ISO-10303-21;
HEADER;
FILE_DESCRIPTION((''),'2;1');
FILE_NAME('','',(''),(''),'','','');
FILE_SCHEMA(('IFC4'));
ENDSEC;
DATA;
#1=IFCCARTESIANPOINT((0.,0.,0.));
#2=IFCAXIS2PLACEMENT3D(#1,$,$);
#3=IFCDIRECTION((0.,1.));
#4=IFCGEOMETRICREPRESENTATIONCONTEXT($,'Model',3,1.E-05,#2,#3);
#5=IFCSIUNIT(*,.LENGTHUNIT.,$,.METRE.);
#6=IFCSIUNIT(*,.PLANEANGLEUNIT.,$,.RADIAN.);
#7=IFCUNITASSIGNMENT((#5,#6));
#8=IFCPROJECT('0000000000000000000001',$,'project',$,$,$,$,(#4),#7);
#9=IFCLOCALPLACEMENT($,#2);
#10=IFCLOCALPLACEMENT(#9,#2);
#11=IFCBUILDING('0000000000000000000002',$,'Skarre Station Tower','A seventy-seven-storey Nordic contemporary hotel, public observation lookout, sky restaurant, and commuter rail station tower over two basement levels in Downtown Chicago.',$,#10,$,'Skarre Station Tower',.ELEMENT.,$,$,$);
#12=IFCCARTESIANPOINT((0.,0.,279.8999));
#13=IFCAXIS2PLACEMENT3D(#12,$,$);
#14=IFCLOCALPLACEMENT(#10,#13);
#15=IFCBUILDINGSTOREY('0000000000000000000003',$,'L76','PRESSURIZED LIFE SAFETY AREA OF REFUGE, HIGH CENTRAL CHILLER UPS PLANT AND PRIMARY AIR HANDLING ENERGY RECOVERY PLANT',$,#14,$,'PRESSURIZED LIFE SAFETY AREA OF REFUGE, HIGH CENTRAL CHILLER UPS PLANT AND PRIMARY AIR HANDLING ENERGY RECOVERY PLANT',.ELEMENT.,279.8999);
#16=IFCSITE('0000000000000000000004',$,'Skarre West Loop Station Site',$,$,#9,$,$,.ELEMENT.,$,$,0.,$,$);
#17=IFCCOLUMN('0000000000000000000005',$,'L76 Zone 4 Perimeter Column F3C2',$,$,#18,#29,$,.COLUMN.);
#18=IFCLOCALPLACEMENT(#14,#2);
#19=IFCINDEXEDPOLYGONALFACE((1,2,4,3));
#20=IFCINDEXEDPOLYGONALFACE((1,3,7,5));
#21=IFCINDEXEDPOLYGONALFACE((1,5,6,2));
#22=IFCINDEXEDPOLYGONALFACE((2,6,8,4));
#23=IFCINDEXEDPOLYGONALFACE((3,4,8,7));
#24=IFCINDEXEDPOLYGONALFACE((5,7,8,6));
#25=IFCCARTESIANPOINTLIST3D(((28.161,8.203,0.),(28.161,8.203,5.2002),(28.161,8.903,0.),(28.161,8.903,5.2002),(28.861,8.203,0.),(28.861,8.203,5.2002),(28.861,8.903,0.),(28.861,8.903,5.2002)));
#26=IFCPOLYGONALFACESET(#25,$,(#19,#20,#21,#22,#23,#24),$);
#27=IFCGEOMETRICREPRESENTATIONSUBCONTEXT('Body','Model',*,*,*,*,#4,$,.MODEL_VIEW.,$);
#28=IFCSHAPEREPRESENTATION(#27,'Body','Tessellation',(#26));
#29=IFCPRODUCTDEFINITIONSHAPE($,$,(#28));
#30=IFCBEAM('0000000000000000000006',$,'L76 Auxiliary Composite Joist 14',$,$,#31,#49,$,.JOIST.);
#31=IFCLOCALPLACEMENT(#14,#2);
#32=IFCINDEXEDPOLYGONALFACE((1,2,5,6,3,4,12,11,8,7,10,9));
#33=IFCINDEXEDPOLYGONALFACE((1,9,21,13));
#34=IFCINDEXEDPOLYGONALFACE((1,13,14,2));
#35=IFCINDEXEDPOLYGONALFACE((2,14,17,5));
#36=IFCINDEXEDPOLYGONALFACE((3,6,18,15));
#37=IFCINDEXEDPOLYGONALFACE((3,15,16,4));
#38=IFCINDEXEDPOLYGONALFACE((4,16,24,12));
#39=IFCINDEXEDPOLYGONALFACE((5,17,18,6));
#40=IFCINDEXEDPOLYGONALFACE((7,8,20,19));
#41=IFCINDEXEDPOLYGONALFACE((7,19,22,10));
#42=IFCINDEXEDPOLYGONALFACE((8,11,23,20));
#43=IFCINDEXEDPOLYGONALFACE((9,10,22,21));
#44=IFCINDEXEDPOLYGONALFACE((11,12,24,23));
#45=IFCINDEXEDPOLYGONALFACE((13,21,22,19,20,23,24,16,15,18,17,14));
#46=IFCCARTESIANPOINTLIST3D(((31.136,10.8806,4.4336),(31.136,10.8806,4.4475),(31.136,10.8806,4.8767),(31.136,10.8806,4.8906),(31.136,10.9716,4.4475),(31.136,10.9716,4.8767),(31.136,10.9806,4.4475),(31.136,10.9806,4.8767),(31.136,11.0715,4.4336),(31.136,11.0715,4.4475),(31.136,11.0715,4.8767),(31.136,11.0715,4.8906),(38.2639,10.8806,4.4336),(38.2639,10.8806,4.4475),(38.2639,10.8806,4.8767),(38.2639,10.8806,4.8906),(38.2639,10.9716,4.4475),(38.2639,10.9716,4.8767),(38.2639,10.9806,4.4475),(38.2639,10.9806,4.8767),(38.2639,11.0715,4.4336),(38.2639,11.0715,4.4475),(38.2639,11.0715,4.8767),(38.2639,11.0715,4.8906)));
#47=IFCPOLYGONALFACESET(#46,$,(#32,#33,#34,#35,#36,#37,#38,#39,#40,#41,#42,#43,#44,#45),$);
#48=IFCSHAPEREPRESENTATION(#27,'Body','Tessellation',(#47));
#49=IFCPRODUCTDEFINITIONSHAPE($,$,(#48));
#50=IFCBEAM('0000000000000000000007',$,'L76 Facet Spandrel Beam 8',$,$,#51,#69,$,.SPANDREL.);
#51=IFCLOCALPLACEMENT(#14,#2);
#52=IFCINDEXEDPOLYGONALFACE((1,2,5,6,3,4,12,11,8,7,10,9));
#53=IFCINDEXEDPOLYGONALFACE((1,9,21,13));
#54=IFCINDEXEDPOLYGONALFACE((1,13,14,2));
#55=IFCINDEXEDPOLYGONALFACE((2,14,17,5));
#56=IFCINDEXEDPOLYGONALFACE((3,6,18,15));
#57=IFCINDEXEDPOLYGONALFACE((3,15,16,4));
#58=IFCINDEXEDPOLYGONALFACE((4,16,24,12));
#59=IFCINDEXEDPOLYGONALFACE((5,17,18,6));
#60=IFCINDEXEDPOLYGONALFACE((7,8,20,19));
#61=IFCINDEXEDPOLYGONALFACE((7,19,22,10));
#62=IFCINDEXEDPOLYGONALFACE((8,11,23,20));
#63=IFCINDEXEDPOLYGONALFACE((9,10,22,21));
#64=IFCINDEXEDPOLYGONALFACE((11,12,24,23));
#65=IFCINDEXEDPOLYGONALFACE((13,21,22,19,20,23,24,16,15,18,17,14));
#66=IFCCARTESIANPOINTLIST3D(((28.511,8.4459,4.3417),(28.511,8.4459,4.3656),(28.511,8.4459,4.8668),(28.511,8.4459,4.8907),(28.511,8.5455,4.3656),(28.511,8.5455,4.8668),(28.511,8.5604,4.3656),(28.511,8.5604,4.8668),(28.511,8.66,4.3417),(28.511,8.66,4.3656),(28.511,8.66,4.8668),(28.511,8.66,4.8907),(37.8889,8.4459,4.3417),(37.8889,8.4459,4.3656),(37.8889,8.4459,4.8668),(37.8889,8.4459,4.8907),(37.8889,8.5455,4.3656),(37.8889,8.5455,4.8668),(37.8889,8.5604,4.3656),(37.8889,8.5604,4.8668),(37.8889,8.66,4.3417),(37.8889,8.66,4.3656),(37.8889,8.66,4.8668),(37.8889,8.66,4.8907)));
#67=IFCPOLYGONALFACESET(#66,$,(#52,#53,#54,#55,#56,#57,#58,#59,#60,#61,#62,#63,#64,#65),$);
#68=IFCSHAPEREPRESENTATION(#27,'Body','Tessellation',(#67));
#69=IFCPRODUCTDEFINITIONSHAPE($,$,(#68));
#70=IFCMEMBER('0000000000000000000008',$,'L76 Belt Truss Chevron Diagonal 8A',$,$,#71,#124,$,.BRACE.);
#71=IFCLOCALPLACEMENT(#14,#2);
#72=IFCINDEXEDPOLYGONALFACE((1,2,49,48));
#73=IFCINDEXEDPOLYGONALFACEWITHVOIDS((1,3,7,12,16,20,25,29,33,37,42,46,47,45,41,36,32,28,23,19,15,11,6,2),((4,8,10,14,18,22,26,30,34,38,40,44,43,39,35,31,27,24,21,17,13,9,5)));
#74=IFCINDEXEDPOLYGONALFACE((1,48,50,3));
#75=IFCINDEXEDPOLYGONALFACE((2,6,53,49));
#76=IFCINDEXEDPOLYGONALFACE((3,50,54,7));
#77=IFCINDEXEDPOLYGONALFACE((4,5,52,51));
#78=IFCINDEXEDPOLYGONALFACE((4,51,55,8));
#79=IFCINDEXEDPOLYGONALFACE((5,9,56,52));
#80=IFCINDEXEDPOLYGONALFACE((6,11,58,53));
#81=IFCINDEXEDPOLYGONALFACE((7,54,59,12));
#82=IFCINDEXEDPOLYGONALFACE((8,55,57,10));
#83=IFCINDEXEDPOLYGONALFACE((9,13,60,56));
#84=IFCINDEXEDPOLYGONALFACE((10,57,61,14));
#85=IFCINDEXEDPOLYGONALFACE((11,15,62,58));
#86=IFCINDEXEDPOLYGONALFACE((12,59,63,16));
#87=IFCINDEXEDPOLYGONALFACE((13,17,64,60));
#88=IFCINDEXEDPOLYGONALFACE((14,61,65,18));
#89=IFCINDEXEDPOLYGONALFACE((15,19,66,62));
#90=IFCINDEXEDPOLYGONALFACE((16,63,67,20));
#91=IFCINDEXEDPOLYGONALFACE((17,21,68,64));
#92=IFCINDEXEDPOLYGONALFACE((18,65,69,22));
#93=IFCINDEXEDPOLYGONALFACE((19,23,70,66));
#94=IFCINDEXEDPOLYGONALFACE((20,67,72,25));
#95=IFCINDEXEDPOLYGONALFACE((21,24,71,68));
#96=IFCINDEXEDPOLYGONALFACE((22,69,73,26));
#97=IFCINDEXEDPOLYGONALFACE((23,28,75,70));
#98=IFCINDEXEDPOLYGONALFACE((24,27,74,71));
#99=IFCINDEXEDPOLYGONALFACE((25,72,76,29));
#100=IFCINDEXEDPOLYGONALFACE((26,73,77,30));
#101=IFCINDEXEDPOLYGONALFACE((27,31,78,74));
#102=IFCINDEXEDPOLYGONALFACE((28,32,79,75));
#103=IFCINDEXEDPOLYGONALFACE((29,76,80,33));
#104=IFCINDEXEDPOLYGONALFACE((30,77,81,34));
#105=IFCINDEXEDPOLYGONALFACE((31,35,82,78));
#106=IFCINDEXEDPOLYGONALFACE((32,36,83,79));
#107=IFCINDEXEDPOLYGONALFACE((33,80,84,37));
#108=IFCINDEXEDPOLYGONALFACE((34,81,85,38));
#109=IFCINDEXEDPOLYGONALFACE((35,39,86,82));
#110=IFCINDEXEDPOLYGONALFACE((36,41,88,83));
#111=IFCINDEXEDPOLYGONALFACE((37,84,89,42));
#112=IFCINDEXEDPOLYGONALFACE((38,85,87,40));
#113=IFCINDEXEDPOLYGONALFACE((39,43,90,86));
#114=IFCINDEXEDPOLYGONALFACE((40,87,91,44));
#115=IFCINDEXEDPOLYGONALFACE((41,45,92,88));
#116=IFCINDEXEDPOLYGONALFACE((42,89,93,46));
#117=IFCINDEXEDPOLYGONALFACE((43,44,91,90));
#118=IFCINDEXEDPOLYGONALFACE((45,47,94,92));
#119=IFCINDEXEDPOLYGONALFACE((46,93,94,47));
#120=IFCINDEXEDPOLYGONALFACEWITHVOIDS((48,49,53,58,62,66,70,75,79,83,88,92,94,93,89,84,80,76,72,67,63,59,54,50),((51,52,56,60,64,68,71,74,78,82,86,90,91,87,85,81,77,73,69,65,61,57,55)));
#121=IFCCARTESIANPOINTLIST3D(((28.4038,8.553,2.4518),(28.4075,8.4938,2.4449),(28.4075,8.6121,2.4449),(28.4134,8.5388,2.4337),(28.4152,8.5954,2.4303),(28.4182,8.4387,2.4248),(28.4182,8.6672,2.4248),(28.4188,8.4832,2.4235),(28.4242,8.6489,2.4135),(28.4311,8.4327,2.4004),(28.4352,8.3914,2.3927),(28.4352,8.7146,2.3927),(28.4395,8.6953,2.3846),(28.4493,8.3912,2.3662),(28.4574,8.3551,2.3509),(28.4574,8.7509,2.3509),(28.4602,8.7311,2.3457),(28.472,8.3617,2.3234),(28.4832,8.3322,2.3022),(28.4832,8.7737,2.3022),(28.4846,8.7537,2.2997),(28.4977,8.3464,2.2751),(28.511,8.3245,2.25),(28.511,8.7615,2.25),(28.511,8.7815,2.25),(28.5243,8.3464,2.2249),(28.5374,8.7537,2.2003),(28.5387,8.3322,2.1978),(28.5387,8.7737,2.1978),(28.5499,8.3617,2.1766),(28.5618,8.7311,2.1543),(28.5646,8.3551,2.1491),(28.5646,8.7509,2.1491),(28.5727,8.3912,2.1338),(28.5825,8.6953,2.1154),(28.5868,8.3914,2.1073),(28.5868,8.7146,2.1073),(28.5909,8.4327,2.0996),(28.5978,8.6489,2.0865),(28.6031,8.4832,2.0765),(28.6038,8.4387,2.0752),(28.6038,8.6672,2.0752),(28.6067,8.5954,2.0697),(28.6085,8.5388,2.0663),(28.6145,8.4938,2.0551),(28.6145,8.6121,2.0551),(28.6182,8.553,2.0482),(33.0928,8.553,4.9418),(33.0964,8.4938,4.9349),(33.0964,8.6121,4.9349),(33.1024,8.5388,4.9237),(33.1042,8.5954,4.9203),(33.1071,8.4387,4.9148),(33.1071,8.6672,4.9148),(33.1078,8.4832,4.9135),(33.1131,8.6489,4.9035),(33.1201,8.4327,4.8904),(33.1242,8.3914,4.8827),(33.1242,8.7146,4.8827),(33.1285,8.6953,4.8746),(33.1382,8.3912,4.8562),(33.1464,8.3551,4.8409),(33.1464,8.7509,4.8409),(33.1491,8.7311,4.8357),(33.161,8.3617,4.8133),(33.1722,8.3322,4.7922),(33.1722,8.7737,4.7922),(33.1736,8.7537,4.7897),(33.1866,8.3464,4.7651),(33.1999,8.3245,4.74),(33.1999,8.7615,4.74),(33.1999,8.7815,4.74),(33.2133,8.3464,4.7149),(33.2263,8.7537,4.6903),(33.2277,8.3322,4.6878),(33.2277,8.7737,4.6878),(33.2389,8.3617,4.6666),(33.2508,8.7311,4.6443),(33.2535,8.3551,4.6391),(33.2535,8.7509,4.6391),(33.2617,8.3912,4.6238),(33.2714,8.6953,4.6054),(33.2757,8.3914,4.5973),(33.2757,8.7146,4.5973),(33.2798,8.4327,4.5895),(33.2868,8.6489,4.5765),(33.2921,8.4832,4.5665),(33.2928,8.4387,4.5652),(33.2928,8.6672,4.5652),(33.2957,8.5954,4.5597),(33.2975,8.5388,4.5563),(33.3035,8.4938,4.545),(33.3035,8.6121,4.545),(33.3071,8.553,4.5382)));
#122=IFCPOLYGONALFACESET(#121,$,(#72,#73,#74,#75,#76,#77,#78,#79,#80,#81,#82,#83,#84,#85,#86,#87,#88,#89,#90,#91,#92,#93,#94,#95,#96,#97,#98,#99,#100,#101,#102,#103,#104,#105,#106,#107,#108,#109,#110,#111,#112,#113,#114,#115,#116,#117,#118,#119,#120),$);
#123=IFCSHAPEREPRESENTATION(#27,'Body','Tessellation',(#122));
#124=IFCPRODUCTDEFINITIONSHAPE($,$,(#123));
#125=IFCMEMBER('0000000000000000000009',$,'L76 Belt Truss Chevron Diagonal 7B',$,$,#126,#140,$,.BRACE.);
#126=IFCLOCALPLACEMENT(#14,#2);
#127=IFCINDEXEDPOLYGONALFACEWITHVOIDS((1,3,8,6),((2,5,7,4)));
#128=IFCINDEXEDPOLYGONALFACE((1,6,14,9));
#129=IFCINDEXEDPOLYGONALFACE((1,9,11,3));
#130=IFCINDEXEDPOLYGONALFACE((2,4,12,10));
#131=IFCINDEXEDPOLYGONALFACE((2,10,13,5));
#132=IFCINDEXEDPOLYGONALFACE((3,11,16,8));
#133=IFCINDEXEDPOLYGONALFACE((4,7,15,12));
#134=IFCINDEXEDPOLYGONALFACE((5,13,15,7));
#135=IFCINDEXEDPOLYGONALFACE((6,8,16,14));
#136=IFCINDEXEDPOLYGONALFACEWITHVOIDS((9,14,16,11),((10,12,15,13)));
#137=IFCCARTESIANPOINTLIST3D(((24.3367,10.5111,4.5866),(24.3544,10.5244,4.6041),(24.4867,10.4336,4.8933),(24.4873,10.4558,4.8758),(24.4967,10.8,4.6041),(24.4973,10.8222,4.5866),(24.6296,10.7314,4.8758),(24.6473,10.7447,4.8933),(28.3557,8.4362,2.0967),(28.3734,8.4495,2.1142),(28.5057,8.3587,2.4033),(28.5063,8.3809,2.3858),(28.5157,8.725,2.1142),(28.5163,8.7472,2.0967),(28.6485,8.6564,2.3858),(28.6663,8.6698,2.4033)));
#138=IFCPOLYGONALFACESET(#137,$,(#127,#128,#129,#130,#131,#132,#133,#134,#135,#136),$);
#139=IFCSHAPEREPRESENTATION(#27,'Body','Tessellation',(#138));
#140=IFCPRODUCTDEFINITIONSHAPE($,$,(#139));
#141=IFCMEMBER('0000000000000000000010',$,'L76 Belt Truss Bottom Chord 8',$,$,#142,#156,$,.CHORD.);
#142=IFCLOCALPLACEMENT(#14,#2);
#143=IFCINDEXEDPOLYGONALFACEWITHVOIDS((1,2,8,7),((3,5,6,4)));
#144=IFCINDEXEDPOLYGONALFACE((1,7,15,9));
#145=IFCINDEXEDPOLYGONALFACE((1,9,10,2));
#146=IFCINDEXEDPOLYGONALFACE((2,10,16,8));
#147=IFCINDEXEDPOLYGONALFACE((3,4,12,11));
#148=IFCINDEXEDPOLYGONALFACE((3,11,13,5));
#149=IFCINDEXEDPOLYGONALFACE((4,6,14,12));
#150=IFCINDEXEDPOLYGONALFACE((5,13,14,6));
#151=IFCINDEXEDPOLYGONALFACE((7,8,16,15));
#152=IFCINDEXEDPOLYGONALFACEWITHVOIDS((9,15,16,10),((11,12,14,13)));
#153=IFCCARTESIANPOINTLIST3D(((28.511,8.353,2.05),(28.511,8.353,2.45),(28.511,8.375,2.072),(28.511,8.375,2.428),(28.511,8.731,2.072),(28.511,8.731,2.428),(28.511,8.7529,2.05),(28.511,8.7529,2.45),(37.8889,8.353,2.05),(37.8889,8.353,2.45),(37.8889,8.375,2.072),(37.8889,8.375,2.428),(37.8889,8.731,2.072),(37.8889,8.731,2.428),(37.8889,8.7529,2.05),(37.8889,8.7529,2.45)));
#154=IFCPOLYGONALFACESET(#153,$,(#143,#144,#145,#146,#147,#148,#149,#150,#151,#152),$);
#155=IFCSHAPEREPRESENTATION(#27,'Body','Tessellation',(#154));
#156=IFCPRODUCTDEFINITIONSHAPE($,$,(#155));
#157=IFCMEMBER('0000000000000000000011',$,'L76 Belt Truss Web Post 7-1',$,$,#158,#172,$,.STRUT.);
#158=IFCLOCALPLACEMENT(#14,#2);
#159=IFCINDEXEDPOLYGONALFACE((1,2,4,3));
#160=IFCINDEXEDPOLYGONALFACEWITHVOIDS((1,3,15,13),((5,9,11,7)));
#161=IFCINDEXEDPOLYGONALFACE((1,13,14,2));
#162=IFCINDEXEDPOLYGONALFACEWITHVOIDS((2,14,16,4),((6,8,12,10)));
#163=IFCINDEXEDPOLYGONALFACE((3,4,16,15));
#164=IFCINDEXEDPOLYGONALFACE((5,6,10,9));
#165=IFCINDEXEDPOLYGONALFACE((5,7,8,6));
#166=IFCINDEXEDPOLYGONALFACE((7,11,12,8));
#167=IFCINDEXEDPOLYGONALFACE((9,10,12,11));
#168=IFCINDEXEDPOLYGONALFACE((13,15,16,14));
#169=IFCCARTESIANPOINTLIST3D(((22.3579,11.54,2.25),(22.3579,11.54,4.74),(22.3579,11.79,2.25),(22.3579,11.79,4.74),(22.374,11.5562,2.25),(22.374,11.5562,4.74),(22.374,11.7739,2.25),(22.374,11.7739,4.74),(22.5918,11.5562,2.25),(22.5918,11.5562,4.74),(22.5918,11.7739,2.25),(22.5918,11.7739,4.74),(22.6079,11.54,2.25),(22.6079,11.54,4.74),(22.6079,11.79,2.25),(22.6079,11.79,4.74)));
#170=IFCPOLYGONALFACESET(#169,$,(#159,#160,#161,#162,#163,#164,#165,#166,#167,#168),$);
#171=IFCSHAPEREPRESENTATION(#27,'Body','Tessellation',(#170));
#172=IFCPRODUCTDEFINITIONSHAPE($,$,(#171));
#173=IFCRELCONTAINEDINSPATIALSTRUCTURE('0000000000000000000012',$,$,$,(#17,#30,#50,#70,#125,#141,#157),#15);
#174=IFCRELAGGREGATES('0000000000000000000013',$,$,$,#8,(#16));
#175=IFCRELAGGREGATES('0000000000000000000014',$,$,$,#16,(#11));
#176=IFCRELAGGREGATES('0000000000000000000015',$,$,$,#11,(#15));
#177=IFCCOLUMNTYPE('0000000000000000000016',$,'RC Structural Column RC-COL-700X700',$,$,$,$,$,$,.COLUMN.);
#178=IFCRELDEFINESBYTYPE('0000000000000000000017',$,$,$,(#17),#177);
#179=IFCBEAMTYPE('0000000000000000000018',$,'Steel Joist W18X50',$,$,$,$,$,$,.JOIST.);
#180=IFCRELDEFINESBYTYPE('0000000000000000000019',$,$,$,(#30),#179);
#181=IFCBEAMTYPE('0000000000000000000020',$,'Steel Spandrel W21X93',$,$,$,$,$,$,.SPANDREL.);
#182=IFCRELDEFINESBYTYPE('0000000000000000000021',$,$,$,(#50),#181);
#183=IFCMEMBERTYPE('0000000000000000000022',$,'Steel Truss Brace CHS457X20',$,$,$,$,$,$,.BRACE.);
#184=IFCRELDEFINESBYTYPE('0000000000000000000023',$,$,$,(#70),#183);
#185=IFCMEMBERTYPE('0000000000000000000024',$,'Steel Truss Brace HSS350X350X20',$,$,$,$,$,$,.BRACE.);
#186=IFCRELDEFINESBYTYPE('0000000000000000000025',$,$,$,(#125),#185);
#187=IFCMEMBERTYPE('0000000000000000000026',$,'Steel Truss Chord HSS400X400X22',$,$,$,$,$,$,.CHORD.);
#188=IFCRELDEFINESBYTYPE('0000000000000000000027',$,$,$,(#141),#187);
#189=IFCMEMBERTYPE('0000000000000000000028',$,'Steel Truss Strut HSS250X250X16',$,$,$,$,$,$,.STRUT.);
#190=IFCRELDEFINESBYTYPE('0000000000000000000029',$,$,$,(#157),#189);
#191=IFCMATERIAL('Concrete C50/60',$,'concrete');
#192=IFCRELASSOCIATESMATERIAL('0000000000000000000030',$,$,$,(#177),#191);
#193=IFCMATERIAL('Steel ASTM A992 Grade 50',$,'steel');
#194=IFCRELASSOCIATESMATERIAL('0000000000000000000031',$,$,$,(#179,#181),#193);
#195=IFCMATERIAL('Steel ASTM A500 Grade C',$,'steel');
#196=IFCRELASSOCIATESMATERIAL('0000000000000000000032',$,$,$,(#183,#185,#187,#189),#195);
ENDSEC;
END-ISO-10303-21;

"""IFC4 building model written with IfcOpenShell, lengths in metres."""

from ifc_helpers import new_model, si_unit, direction, frame, origin, origin_2d, place, context, subcontext, project, spatial, rectangle, hollow_rectangle, hollow_circle, i_section, extrude, material, material_profile, profile_set, type_object, element, save


model = new_model("IFC4")

# Units and contexts
model_context = context("Model", 3, precision=1e-05, world=origin(), true_north=direction((0.0, 1.0)))
body_context = subcontext(model_context, "Body", "Model", "MODEL_VIEW")
ifc_project = project(units=[si_unit("LENGTHUNIT", "METRE"), si_unit("PLANEANGLEUNIT", "RADIAN")], contexts=[model_context])

# Site, building, storey
site_placement = place(None, origin())
site = spatial("IfcSite", under=ifc_project, at=site_placement, Name="Skarre West Loop Station Site", CompositionType="ELEMENT", RefElevation=0.0)
building_placement = place(site_placement, origin())
building = spatial("IfcBuilding", under=site, at=building_placement, Name="Skarre Station Tower", Description="A seventy-seven-storey Nordic contemporary hotel, public observation lookout, sky restaurant, and commuter rail station tower over two basement levels in Downtown Chicago.", LongName="Skarre Station Tower", CompositionType="ELEMENT")
storey_placement = place(building_placement, frame((0.0, 0.0, 279.8999)))
storey = spatial("IfcBuildingStorey", under=building, at=storey_placement, Name="L76", Description="PRESSURIZED LIFE SAFETY AREA OF REFUGE, HIGH CENTRAL CHILLER UPS PLANT AND PRIMARY AIR HANDLING ENERGY RECOVERY PLANT", LongName="PRESSURIZED LIFE SAFETY AREA OF REFUGE, HIGH CENTRAL CHILLER UPS PLANT AND PRIMARY AIR HANDLING ENERGY RECOVERY PLANT", CompositionType="ELEMENT", Elevation=279.8999)

# Column
ifc_material_1 = material(Name="Concrete C50/60", Category="concrete")
ifc_material_profile_1 = material_profile(ifc_material_1, rectangle(XDim=0.7, YDim=0.7, at=origin_2d()), Name="Concrete C50/60")
ifc_profile_set_1 = profile_set([ifc_material_profile_1], Name="Concrete C50/60")
column_type = type_object("IfcColumnType", Name="RC Structural Column RC-COL-700X700", PredefinedType="COLUMN", material=ifc_profile_set_1)
column_placement = place(storey_placement, frame((28.511, 8.553, 0.0), z_axis=(0.0, 0.0, 1.0), x_axis=(1.0, 0.0, 0.0)))
element("IfcColumn", 1, at=column_placement, inside=storey, type_object=column_type, Name="L76 Zone 4 Perimeter Column F3C2", PredefinedType="COLUMN", context=body_context, shape_type="SweptSolid", body=[
    extrude(rectangle(XDim=0.7, YDim=0.7, at=origin_2d()), origin(), (0.0, 0.0, 1.0), 5.2002),
])

# Beams
ifc_material_2 = material(Name="Steel ASTM A992 Grade 50", Category="steel")
ifc_material_profile_2 = material_profile(ifc_material_2, i_section(OverallWidth=0.1909, OverallDepth=0.457, WebThickness=0.009, FlangeThickness=0.0139, at=origin_2d()), Name="Steel ASTM A992 Grade 50")
ifc_profile_set_2 = profile_set([ifc_material_profile_2], Name="Steel ASTM A992 Grade 50")
beam_type_1 = type_object("IfcBeamType", Name="Steel Joist W18X50", PredefinedType="JOIST", material=ifc_profile_set_2)
beam_1_placement = place(storey_placement, frame((31.136, 10.9761, 4.6621), z_axis=(1.0, 0.0, 0.0), x_axis=(0.0, 1.0, 0.0)))
element("IfcBeam", 2, at=beam_1_placement, inside=storey, type_object=beam_type_1, Name="L76 Auxiliary Composite Joist 14", PredefinedType="JOIST", context=body_context, shape_type="SweptSolid", body=[
    extrude(i_section(OverallWidth=0.1909, OverallDepth=0.457, WebThickness=0.009, FlangeThickness=0.0139, at=origin_2d()), origin(), (0.0, 0.0, 1.0), 7.1279),
])
ifc_material_profile_3 = material_profile(ifc_material_2, i_section(OverallWidth=0.2141, OverallDepth=0.5491, WebThickness=0.0149, FlangeThickness=0.0239, at=origin_2d()), Name="Steel ASTM A992 Grade 50")
ifc_profile_set_3 = profile_set([ifc_material_profile_3], Name="Steel ASTM A992 Grade 50")
beam_type_2 = type_object("IfcBeamType", Name="Steel Spandrel W21X93", PredefinedType="SPANDREL", material=ifc_profile_set_3)
beam_2_placement = place(storey_placement, frame((28.511, 8.553, 4.6162), z_axis=(1.0, 0.0, 0.0), x_axis=(0.0, 1.0, 0.0)))
element("IfcBeam", 3, at=beam_2_placement, inside=storey, type_object=beam_type_2, Name="L76 Facet Spandrel Beam 8", PredefinedType="SPANDREL", context=body_context, shape_type="SweptSolid", body=[
    extrude(i_section(OverallWidth=0.2141, OverallDepth=0.5491, WebThickness=0.0149, FlangeThickness=0.0239, at=origin_2d()), origin(), (0.0, 0.0, 1.0), 9.3779),
])

# Members
ifc_material_3 = material(Name="Steel ASTM A500 Grade C", Category="steel")
ifc_material_profile_4 = material_profile(ifc_material_3, hollow_circle(Radius=0.2285, WallThickness=0.02, at=origin_2d()), Name="Steel ASTM A500 Grade C")
ifc_profile_set_4 = profile_set([ifc_material_profile_4], Name="Steel ASTM A500 Grade C")
member_type_1 = type_object("IfcMemberType", Name="Steel Truss Brace CHS457X20", PredefinedType="BRACE", material=ifc_profile_set_4)
member_1_placement = place(storey_placement, frame((28.511, 8.553, 2.25), z_axis=(0.883195, 0.0, 0.469005), x_axis=(0.0, 1.0, 0.0)))
element("IfcMember", 4, at=member_1_placement, inside=storey, type_object=member_type_1, Name="L76 Belt Truss Chevron Diagonal 8A", PredefinedType="BRACE", context=body_context, shape_type="SweptSolid", body=[
    extrude(hollow_circle(Radius=0.2285, WallThickness=0.02, at=origin_2d()), origin(), (0.0, 0.0, 1.0), 5.3091),
])
ifc_material_profile_5 = material_profile(ifc_material_3, hollow_rectangle(XDim=0.3501, YDim=0.3501, WallThickness=0.02, at=origin_2d()), Name="Steel ASTM A500 Grade C")
ifc_profile_set_5 = profile_set([ifc_material_profile_5], Name="Steel ASTM A500 Grade C")
member_type_2 = type_object("IfcMemberType", Name="Steel Truss Brace HSS350X350X20", PredefinedType="BRACE", material=ifc_profile_set_5)
member_2_placement = place(storey_placement, frame((28.511, 8.553, 2.25), z_axis=(-0.778408, 0.401877, 0.482261), x_axis=(-0.458749, -0.888566, 0.0)))
element("IfcMember", 5, at=member_2_placement, inside=storey, type_object=member_type_2, Name="L76 Belt Truss Chevron Diagonal 7B", PredefinedType="BRACE", context=body_context, shape_type="SweptSolid", body=[
    extrude(hollow_rectangle(XDim=0.3501, YDim=0.3501, WallThickness=0.02, at=origin_2d()), origin(), (0.0, 0.0, 1.0), 5.1631),
])
ifc_material_profile_6 = material_profile(ifc_material_3, hollow_rectangle(XDim=0.3999, YDim=0.3999, WallThickness=0.022, at=origin_2d()), Name="Steel ASTM A500 Grade C")
ifc_profile_set_6 = profile_set([ifc_material_profile_6], Name="Steel ASTM A500 Grade C")
member_type_3 = type_object("IfcMemberType", Name="Steel Truss Chord HSS400X400X22", PredefinedType="CHORD", material=ifc_profile_set_6)
member_3_placement = place(storey_placement, frame((28.511, 8.553, 2.25), z_axis=(1.0, 0.0, 0.0), x_axis=(0.0, 1.0, 0.0)))
element("IfcMember", 6, at=member_3_placement, inside=storey, type_object=member_type_3, Name="L76 Belt Truss Bottom Chord 8", PredefinedType="CHORD", context=body_context, shape_type="SweptSolid", body=[
    extrude(hollow_rectangle(XDim=0.3999, YDim=0.3999, WallThickness=0.022, at=origin_2d()), origin(), (0.0, 0.0, 1.0), 9.3779),
])
ifc_material_profile_7 = material_profile(ifc_material_3, hollow_rectangle(XDim=0.25, YDim=0.25, WallThickness=0.0161, at=origin_2d()), Name="Steel ASTM A500 Grade C")
ifc_profile_set_7 = profile_set([ifc_material_profile_7], Name="Steel ASTM A500 Grade C")
member_type_4 = type_object("IfcMemberType", Name="Steel Truss Strut HSS250X250X16", PredefinedType="STRUT", material=ifc_profile_set_7)
for number, where, z_axis, x_axis, name in (
    (7, (22.4829, 11.665, 2.25), (0.0, 0.0, 1.0), (1.0, 0.0, 0.0), "L76 Belt Truss Web Post 7-1"),
):
    element("IfcMember", number, at=place(storey_placement, frame(where, z_axis=z_axis, x_axis=x_axis)), inside=storey, type_object=member_type_4, Name=name, PredefinedType="STRUT", context=body_context, shape_type="SweptSolid", body=[
        extrude(hollow_rectangle(XDim=0.25, YDim=0.25, WallThickness=0.0161, at=origin_2d()), origin(), (0.0, 0.0, 1.0), 2.49),
    ])

save(model, "model.ifc")
